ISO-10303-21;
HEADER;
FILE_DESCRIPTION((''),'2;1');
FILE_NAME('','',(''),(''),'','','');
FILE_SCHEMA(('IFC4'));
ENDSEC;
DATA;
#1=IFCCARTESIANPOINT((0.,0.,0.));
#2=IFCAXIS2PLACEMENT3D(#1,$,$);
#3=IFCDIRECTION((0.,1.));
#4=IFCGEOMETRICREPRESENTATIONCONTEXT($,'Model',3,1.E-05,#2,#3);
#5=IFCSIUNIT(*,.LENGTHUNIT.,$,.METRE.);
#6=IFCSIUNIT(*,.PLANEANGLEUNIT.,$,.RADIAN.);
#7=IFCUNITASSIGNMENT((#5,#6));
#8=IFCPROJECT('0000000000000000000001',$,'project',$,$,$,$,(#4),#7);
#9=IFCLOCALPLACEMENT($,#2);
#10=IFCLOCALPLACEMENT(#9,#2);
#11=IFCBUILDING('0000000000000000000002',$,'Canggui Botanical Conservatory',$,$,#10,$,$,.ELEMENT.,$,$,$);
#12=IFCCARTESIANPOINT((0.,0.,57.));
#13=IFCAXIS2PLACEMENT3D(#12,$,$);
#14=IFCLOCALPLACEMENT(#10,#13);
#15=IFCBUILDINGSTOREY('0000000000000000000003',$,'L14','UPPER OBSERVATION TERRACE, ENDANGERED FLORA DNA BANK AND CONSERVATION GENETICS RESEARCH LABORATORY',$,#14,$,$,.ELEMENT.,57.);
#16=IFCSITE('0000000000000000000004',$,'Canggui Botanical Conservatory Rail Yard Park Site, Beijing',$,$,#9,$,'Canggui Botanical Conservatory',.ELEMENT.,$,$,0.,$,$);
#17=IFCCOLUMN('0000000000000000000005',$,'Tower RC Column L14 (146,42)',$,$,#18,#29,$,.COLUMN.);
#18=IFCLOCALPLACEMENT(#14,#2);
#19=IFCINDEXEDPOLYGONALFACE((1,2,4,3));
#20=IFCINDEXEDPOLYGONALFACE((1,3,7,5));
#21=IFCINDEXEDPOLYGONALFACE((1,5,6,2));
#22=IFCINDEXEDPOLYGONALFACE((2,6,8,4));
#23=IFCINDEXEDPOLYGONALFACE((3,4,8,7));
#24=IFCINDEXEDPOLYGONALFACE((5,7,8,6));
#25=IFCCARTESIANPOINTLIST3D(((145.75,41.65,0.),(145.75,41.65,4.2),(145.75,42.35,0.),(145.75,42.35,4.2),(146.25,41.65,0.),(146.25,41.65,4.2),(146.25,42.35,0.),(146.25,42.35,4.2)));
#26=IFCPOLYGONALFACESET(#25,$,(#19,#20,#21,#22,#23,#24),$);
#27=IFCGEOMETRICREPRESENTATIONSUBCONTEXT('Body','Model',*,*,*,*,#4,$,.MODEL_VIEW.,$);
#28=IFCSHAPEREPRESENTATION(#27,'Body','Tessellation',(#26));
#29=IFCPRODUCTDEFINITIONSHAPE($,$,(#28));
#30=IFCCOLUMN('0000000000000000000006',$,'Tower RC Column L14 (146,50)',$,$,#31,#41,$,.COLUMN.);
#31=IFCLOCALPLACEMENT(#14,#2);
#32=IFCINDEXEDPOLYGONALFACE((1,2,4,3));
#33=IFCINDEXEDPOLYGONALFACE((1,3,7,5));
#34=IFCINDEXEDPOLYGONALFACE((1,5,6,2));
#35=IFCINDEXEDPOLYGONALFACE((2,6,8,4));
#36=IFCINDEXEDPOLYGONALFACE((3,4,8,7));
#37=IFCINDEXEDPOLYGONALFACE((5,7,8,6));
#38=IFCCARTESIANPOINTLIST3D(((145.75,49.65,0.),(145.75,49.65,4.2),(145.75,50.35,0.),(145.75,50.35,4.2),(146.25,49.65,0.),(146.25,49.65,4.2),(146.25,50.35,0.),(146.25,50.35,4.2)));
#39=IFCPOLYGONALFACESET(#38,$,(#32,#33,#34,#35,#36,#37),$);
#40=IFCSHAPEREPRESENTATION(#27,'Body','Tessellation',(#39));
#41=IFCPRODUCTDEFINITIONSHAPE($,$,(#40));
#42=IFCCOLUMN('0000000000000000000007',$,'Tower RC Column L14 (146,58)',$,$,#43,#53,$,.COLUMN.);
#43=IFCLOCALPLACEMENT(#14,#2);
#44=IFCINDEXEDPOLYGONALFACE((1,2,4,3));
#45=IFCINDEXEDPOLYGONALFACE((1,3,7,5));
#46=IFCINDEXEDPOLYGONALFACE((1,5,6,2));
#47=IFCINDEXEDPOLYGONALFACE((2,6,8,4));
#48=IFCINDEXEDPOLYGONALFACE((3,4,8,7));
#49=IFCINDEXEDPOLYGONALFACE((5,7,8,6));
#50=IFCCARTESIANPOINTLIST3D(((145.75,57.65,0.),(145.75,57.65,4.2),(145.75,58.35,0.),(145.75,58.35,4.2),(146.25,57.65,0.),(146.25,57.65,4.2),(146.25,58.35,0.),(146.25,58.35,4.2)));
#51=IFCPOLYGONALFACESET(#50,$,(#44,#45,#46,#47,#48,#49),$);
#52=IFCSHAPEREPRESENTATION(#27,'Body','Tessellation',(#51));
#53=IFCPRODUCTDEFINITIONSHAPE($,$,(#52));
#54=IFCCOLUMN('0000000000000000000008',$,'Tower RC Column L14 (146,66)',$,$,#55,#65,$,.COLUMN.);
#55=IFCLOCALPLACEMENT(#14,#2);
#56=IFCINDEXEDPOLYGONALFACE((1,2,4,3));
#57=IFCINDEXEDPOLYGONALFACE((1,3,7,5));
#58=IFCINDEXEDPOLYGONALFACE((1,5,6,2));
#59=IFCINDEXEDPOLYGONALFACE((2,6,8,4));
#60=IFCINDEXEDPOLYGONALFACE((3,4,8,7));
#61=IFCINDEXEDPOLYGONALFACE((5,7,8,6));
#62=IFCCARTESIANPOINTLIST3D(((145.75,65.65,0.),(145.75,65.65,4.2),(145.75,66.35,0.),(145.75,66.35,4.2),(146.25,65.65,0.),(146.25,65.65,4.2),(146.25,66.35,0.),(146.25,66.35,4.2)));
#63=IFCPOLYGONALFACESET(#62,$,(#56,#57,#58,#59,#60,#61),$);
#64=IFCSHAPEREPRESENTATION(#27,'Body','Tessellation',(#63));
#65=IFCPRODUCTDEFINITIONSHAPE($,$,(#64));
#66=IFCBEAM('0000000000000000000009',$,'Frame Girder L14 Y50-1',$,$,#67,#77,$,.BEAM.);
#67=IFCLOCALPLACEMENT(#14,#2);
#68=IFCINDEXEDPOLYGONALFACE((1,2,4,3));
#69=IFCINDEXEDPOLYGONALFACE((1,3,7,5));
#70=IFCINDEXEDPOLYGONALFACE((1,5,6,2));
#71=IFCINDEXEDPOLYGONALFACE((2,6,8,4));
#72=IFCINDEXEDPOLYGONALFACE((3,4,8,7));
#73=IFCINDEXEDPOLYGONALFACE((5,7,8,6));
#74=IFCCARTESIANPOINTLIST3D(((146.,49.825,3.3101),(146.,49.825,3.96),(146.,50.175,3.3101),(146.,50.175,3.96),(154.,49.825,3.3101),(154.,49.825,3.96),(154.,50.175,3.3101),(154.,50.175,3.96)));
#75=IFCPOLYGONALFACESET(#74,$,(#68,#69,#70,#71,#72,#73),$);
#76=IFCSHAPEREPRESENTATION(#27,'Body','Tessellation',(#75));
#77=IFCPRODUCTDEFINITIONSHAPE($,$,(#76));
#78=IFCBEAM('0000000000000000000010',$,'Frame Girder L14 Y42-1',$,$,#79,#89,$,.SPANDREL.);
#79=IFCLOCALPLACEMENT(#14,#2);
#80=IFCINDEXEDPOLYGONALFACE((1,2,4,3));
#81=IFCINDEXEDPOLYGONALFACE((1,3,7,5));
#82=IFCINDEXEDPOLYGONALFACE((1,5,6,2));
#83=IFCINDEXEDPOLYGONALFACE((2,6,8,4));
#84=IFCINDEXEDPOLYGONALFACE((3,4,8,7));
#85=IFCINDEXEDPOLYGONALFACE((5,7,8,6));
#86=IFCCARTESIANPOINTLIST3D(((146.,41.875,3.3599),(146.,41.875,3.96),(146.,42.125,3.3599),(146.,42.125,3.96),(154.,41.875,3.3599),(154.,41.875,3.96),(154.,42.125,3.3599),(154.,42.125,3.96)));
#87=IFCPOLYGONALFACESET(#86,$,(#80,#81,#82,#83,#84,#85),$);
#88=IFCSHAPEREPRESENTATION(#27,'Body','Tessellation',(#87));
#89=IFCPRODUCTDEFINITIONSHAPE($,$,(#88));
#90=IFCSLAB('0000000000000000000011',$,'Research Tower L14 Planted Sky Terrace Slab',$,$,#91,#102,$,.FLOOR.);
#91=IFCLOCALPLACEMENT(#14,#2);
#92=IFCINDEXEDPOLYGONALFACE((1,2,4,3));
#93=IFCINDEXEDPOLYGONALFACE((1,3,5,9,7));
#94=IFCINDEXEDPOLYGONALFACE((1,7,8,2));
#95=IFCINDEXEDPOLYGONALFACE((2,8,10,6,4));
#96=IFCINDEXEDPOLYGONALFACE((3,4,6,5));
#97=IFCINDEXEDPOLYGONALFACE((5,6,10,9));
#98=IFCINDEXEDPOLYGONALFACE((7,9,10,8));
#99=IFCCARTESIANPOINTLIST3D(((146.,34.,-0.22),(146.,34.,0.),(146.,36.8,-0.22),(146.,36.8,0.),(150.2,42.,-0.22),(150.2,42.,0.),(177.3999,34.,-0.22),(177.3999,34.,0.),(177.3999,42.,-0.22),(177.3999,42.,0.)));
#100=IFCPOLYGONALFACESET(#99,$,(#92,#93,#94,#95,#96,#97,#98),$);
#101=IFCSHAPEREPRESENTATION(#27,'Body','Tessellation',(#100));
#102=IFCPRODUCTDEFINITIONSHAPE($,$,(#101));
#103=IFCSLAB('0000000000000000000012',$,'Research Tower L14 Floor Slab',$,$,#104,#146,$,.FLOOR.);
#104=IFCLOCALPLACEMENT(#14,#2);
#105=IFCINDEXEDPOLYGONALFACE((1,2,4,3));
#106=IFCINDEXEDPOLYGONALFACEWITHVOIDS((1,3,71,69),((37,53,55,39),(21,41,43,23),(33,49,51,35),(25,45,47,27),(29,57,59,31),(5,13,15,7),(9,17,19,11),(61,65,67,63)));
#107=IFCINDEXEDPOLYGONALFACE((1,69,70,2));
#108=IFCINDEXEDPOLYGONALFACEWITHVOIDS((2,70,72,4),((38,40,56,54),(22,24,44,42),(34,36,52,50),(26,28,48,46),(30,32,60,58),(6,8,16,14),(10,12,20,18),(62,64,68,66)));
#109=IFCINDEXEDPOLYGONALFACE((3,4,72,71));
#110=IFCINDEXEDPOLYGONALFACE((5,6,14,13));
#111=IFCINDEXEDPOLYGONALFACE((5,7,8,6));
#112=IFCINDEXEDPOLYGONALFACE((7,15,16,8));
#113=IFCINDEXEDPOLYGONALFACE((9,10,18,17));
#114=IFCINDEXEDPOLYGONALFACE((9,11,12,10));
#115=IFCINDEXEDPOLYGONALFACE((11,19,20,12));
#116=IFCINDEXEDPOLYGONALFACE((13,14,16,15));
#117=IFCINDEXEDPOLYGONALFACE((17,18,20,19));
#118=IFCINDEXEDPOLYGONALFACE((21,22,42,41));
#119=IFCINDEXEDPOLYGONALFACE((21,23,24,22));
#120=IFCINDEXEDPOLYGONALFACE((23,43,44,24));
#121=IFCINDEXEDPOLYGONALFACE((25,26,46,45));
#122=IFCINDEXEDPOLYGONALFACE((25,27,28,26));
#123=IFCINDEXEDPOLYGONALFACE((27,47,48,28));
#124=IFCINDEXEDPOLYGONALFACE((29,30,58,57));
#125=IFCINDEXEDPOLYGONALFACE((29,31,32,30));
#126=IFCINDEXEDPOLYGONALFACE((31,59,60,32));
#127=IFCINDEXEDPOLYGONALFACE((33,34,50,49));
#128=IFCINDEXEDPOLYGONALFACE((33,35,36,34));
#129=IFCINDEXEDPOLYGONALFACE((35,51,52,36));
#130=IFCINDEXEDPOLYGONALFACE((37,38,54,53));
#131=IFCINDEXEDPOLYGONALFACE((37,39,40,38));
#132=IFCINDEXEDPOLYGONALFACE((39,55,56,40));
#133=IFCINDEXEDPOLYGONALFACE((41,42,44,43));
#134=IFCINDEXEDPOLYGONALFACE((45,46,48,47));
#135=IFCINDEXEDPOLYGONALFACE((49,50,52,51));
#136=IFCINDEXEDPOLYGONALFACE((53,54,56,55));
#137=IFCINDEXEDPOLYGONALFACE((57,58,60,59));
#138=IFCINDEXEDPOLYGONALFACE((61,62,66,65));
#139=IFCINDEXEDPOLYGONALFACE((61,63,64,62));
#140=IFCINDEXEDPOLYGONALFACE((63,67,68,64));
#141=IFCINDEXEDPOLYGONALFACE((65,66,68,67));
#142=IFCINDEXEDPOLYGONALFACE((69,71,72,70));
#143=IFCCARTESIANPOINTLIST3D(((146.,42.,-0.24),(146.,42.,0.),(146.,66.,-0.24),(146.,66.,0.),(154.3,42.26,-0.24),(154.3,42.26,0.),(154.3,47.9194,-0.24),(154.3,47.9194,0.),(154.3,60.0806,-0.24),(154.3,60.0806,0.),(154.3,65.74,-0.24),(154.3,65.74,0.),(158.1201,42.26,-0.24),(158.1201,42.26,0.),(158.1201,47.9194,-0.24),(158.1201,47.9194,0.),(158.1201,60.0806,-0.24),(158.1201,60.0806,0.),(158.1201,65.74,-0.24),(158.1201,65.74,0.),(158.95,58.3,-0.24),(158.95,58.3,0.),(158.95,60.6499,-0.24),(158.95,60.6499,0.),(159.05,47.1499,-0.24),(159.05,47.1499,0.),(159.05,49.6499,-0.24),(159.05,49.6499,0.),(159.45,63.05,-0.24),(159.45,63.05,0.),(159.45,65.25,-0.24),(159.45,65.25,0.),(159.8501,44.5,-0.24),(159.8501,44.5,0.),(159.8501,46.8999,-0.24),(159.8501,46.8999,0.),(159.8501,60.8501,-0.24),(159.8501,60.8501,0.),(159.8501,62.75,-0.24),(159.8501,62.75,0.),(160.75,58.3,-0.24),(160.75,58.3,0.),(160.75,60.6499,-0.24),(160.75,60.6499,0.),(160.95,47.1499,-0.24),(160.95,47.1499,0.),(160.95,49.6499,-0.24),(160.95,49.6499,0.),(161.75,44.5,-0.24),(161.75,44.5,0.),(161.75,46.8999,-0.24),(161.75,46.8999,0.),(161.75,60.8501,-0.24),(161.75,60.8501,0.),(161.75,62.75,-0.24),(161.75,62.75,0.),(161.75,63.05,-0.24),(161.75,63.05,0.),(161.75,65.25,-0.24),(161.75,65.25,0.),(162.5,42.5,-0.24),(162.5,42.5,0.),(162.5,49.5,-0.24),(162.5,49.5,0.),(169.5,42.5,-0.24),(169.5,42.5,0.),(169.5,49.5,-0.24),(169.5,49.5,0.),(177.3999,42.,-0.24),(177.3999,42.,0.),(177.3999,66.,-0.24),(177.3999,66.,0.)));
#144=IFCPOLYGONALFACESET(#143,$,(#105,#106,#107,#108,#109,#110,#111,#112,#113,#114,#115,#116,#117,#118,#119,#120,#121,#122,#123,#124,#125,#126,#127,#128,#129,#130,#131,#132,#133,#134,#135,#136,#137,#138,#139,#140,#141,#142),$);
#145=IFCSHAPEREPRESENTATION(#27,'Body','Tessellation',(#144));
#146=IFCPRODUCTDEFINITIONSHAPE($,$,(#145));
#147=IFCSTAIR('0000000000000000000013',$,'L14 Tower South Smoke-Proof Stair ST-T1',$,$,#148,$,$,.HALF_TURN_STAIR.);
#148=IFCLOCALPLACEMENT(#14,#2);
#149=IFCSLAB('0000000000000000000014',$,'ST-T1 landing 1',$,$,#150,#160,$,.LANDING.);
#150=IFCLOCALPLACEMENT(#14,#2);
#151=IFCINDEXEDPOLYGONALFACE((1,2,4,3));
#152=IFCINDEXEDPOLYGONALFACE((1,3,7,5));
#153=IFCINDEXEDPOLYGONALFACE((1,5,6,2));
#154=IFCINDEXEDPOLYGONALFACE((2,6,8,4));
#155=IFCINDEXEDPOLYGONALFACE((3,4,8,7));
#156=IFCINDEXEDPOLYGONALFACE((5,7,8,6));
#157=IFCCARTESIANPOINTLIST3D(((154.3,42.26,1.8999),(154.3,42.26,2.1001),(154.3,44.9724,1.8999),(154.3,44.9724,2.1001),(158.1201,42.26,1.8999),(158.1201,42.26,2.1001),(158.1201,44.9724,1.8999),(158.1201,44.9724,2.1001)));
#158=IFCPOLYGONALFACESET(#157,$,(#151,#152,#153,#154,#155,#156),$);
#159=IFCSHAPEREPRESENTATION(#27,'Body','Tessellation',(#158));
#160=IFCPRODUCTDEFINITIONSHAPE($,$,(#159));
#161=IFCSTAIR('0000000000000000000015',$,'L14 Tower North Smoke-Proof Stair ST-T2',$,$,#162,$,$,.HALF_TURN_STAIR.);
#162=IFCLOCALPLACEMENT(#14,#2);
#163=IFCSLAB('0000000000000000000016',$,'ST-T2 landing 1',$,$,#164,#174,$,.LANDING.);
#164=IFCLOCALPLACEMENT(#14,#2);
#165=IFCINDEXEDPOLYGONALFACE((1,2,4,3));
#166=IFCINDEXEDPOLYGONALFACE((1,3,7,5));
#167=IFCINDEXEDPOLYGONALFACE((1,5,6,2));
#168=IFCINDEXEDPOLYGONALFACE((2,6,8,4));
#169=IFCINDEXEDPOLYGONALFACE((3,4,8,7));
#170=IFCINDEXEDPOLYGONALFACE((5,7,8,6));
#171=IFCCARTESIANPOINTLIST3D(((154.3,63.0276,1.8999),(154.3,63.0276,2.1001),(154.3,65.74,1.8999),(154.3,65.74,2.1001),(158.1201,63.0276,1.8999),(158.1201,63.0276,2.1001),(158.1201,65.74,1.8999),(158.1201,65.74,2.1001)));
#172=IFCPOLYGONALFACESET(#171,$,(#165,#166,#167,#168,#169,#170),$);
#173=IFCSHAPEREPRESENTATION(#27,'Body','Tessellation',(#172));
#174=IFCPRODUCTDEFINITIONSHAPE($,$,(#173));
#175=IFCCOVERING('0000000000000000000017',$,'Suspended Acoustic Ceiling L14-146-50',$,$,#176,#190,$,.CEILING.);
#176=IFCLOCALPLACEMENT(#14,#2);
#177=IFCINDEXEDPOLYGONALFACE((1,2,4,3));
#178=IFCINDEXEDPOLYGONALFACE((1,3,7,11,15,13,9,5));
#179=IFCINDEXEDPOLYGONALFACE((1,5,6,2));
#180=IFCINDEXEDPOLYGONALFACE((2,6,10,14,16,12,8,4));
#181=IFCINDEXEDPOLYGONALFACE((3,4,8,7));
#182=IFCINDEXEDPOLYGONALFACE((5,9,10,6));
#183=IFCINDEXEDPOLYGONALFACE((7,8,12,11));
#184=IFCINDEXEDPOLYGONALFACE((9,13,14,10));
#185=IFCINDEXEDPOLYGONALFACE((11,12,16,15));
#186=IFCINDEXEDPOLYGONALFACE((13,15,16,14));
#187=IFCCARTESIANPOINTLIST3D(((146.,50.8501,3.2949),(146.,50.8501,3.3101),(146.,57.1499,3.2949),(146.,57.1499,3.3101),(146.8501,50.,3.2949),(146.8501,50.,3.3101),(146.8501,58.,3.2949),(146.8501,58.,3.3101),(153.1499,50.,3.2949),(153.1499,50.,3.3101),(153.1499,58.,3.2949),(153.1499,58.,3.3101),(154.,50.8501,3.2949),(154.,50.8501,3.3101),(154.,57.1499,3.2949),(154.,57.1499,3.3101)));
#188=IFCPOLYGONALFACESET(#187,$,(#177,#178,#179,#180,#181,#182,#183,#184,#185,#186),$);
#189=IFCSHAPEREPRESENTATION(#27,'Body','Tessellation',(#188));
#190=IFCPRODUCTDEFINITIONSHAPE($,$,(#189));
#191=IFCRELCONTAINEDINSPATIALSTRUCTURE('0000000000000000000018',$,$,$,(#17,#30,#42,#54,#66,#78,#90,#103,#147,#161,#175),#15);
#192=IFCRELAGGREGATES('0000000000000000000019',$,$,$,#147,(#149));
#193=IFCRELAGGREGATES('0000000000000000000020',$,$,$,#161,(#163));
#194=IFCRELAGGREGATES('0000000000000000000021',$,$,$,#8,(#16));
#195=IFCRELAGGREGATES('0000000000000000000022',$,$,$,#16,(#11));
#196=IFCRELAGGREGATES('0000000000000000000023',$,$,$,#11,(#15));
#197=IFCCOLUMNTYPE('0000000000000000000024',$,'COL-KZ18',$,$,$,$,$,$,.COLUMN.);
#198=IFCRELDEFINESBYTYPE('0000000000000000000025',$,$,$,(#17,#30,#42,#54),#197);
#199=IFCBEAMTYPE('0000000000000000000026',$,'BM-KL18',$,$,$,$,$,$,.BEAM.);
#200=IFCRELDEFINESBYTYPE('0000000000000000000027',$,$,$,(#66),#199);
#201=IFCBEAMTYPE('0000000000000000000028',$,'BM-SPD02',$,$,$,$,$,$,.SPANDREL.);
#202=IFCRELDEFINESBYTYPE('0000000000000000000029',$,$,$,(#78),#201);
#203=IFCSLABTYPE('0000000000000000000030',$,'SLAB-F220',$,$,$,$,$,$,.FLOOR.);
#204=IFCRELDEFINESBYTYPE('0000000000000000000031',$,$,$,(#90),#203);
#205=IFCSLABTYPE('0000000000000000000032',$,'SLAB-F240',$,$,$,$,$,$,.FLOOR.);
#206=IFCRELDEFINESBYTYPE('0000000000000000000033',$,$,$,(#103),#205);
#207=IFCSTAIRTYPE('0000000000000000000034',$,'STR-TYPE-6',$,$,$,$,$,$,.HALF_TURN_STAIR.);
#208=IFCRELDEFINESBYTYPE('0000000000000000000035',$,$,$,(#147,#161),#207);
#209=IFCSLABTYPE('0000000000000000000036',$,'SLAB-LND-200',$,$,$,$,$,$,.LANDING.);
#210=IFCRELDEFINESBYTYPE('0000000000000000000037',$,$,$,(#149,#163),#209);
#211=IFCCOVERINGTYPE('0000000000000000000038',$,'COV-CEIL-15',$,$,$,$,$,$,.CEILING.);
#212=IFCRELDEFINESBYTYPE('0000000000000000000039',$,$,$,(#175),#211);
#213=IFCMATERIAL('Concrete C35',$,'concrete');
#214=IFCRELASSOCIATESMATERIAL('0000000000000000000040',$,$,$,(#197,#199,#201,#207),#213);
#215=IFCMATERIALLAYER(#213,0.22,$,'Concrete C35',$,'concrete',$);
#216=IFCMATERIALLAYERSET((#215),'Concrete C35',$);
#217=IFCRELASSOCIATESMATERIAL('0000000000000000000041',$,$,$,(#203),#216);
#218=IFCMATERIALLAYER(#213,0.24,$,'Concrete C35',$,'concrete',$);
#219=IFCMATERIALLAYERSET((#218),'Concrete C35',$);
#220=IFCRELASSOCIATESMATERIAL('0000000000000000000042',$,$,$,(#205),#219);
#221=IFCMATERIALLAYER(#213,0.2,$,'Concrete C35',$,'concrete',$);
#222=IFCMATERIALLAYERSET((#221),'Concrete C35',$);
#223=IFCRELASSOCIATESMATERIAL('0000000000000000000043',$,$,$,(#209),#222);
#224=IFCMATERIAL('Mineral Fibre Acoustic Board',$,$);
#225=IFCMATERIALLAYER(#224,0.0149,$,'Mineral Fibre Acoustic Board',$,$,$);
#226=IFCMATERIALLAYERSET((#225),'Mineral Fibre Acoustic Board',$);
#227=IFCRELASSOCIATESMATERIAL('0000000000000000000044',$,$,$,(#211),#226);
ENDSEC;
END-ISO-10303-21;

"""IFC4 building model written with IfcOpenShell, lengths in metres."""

from ifc_helpers import new_model, si_unit, direction, frame, origin, origin_2d, place, context, subcontext, project, spatial, polyline, rectangle, outline, extrude, material, layer, layer_set, material_profile, profile_set, type_object, element, aggregate, save


model = new_model("IFC4")

# Units and contexts
model_context = context("Model", 3, precision=1e-05, world=origin(), true_north=direction((0.0, 1.0)))
body_context = subcontext(model_context, "Body", "Model", "MODEL_VIEW")
ifc_project = project(units=[si_unit("LENGTHUNIT", "METRE"), si_unit("PLANEANGLEUNIT", "RADIAN")], contexts=[model_context])

# Site, building, storey
site_placement = place(None, origin())
site = spatial("IfcSite", under=ifc_project, at=site_placement, Name="Canggui Botanical Conservatory Rail Yard Park Site, Beijing", LongName="Canggui Botanical Conservatory", CompositionType="ELEMENT", RefElevation=0.0)
building_placement = place(site_placement, origin())
building = spatial("IfcBuilding", under=site, at=building_placement, Name="Canggui Botanical Conservatory", CompositionType="ELEMENT")
storey_placement = place(building_placement, frame((0.0, 0.0, 57.0)))
storey = spatial("IfcBuildingStorey", under=building, at=storey_placement, Name="L14", Description="UPPER OBSERVATION TERRACE, ENDANGERED FLORA DNA BANK AND CONSERVATION GENETICS RESEARCH LABORATORY", CompositionType="ELEMENT", Elevation=57.0)

# Columns
ifc_material_1 = material(Name="Concrete C35", Category="concrete")
ifc_material_profile_1 = material_profile(ifc_material_1, rectangle(XDim=0.5, YDim=0.7, at=origin_2d()), Name="RC 500x700")
ifc_profile_set_1 = profile_set([ifc_material_profile_1], Name="Concrete C35")
column_type = type_object("IfcColumnType", Name="COL-KZ18", PredefinedType="COLUMN", material=ifc_profile_set_1)
for number, where, z_axis, x_axis, name in (
    (1, (146.0, 42.0, 0.0), (0.0, 0.0, 1.0), (1.0, 0.0, 0.0), "Tower RC Column L14 (146,42)"),
    (2, (146.0, 50.0, 0.0), (0.0, 0.0, 1.0), (1.0, 0.0, 0.0), "Tower RC Column L14 (146,50)"),
    (3, (146.0, 58.0, 0.0), (0.0, 0.0, 1.0), (1.0, 0.0, 0.0), "Tower RC Column L14 (146,58)"),
    (4, (146.0, 66.0, 0.0), (0.0, 0.0, 1.0), (1.0, 0.0, 0.0), "Tower RC Column L14 (146,66)"),
):
    element("IfcColumn", number, at=place(storey_placement, frame(where, z_axis=z_axis, x_axis=x_axis)), inside=storey, type_object=column_type, Name=name, PredefinedType="COLUMN", context=body_context, shape_type="SweptSolid", body=[
        extrude(rectangle(XDim=0.5, YDim=0.7, at=origin_2d()), origin(), (0.0, 0.0, 1.0), 4.2),
    ])

# Beams
ifc_material_profile_2 = material_profile(ifc_material_1, rectangle(XDim=0.3501, YDim=0.6499, at=origin_2d()), Name="RB 350x650")
ifc_profile_set_2 = profile_set([ifc_material_profile_2], Name="Concrete C35")
beam_type_1 = type_object("IfcBeamType", Name="BM-KL18", PredefinedType="BEAM", material=ifc_profile_set_2)
beam_1_placement = place(storey_placement, frame((146.0, 50.0, 3.635), z_axis=(1.0, 0.0, 0.0), x_axis=(0.0, 1.0, 0.0)))
element("IfcBeam", 5, at=beam_1_placement, inside=storey, type_object=beam_type_1, Name="Frame Girder L14 Y50-1", PredefinedType="BEAM", context=body_context, shape_type="SweptSolid", body=[
    extrude(rectangle(XDim=0.3501, YDim=0.6499, at=origin_2d()), origin(), (0.0, 0.0, 1.0), 8.0),
])
ifc_material_profile_3 = material_profile(ifc_material_1, rectangle(XDim=0.25, YDim=0.6001, at=origin_2d()), Name="RB 250x600")
ifc_profile_set_3 = profile_set([ifc_material_profile_3], Name="Concrete C35")
beam_type_2 = type_object("IfcBeamType", Name="BM-SPD02", PredefinedType="SPANDREL", material=ifc_profile_set_3)
beam_2_placement = place(storey_placement, frame((146.0, 42.0, 3.6599), z_axis=(1.0, 0.0, 0.0), x_axis=(0.0, 1.0, 0.0)))
element("IfcBeam", 6, at=beam_2_placement, inside=storey, type_object=beam_type_2, Name="Frame Girder L14 Y42-1", PredefinedType="SPANDREL", context=body_context, shape_type="SweptSolid", body=[
    extrude(rectangle(XDim=0.25, YDim=0.6001, at=origin_2d()), origin(), (0.0, 0.0, 1.0), 8.0),
])

# Slabs
ifc_layer_1 = layer(ifc_material_1, 0.22, Name="Concrete C35", Category="concrete")
ifc_layer_set_1 = layer_set([ifc_layer_1], Name="Concrete C35")
slab_type_1 = type_object("IfcSlabType", Name="SLAB-F220", PredefinedType="FLOOR", material=ifc_layer_set_1)
slab_1_placement = place(storey_placement, frame((0.0, 0.0, -0.22)))
element("IfcSlab", 7, at=slab_1_placement, inside=storey, type_object=slab_type_1, Name="Research Tower L14 Planted Sky Terrace Slab", PredefinedType="FLOOR", context=body_context, shape_type="SweptSolid", body=[
    extrude(outline(polyline([(146.0, 34.0), (177.3999, 34.0), (177.3999, 42.0), (150.2, 42.0), (146.0, 36.8), (146.0, 34.0)])), origin(), (0.0, 0.0, 1.0), 0.22),
])
ifc_layer_2 = layer(ifc_material_1, 0.24, Name="Concrete C35", Category="concrete")
ifc_layer_set_2 = layer_set([ifc_layer_2], Name="Concrete C35")
slab_type_2 = type_object("IfcSlabType", Name="SLAB-F240", PredefinedType="FLOOR", material=ifc_layer_set_2)
slab_2_placement = place(storey_placement, frame((0.0, 0.0, -0.24)))
element("IfcSlab", 8, at=slab_2_placement, inside=storey, type_object=slab_type_2, Name="Research Tower L14 Floor Slab", PredefinedType="FLOOR", context=body_context, shape_type="SweptSolid", body=[
    extrude(outline(polyline([(146.0, 42.0), (177.3999, 42.0), (177.3999, 66.0), (146.0, 66.0), (146.0, 42.0)]), holes=[polyline([(154.3, 47.9194), (154.3, 42.26), (158.1201, 42.26), (158.1201, 47.9194), (154.3, 47.9194)]), polyline([(158.1201, 60.0806), (158.1201, 65.74), (154.3, 65.74), (154.3, 60.0806), (158.1201, 60.0806)]), polyline([(159.05, 47.1499), (160.95, 47.1499), (160.95, 49.6499), (159.05, 49.6499), (159.05, 47.1499)]), polyline([(159.8501, 44.5), (161.75, 44.5), (161.75, 46.8999), (159.8501, 46.8999), (159.8501, 44.5)]), polyline([(158.95, 58.3), (160.75, 58.3), (160.75, 60.6499), (158.95, 60.6499), (158.95, 58.3)]), polyline([(159.8501, 60.8501), (161.75, 60.8501), (161.75, 62.75), (159.8501, 62.75), (159.8501, 60.8501)]), polyline([(159.45, 63.05), (161.75, 63.05), (161.75, 65.25), (159.45, 65.25), (159.45, 63.05)]), polyline([(162.5, 42.5), (169.5, 42.5), (169.5, 49.5), (162.5, 49.5), (162.5, 42.5)])]), origin(), (0.0, 0.0, 1.0), 0.24),
])

# Stairs, slabs
stair_type = type_object("IfcStairType", Name="STR-TYPE-6", PredefinedType="HALF_TURN_STAIR", material=ifc_material_1)
stair_1_placement = place(storey_placement, origin())
stair_1 = element("IfcStair", 9, at=stair_1_placement, inside=storey, type_object=stair_type, Name="L14 Tower South Smoke-Proof Stair ST-T1", PredefinedType="HALF_TURN_STAIR")
ifc_layer_3 = layer(ifc_material_1, 0.2, Name="Concrete C35", Category="concrete")
ifc_layer_set_3 = layer_set([ifc_layer_3], Name="Concrete C35")
slab_type_3 = type_object("IfcSlabType", Name="SLAB-LND-200", PredefinedType="LANDING", material=ifc_layer_set_3)
slab_3_placement = place(storey_placement, frame((0.0, 0.0, 1.8999)))
slab_3 = element("IfcSlab", 10, at=slab_3_placement, type_object=slab_type_3, Name="ST-T1 landing 1", PredefinedType="LANDING", context=body_context, shape_type="SweptSolid", body=[
    extrude(outline(polyline([(154.3, 44.9724), (154.3, 42.26), (158.1201, 42.26), (158.1201, 44.9724), (154.3, 44.9724)])), origin(), (0.0, 0.0, 1.0), 0.2002),
])
aggregate(stair_1, [slab_3])
stair_2_placement = place(storey_placement, origin())
stair_2 = element("IfcStair", 11, at=stair_2_placement, inside=storey, type_object=stair_type, Name="L14 Tower North Smoke-Proof Stair ST-T2", PredefinedType="HALF_TURN_STAIR")
slab_4_placement = place(storey_placement, frame((0.0, 0.0, 1.8999)))
slab_4 = element("IfcSlab", 12, at=slab_4_placement, type_object=slab_type_3, Name="ST-T2 landing 1", PredefinedType="LANDING", context=body_context, shape_type="SweptSolid", body=[
    extrude(outline(polyline([(158.1201, 63.0276), (158.1201, 65.74), (154.3, 65.74), (154.3, 63.0276), (158.1201, 63.0276)])), origin(), (0.0, 0.0, 1.0), 0.2002),
])
aggregate(stair_2, [slab_4])

# Covering
ifc_material_2 = material(Name="Mineral Fibre Acoustic Board")
ifc_layer_4 = layer(ifc_material_2, 0.0149, Name="Mineral Fibre Acoustic Board")
ifc_layer_set_4 = layer_set([ifc_layer_4], Name="Mineral Fibre Acoustic Board")
covering_type_1 = type_object("IfcCoveringType", Name="COV-CEIL-15", PredefinedType="CEILING", material=ifc_layer_set_4)
covering_1_placement = place(storey_placement, frame((0.0, 0.0, 3.2949)))
element("IfcCovering", 13, at=covering_1_placement, inside=storey, type_object=covering_type_1, Name="Suspended Acoustic Ceiling L14-146-50", PredefinedType="CEILING", context=body_context, shape_type="SweptSolid", body=[
    extrude(outline(polyline([(146.8501, 50.0), (153.1499, 50.0), (154.0, 50.8501), (154.0, 57.1499), (153.1499, 58.0), (146.8501, 58.0), (146.0, 57.1499), (146.0, 50.8501), (146.8501, 50.0)])), origin(), (0.0, 0.0, 1.0), 0.0151),
])

save(model, "model.ifc")
